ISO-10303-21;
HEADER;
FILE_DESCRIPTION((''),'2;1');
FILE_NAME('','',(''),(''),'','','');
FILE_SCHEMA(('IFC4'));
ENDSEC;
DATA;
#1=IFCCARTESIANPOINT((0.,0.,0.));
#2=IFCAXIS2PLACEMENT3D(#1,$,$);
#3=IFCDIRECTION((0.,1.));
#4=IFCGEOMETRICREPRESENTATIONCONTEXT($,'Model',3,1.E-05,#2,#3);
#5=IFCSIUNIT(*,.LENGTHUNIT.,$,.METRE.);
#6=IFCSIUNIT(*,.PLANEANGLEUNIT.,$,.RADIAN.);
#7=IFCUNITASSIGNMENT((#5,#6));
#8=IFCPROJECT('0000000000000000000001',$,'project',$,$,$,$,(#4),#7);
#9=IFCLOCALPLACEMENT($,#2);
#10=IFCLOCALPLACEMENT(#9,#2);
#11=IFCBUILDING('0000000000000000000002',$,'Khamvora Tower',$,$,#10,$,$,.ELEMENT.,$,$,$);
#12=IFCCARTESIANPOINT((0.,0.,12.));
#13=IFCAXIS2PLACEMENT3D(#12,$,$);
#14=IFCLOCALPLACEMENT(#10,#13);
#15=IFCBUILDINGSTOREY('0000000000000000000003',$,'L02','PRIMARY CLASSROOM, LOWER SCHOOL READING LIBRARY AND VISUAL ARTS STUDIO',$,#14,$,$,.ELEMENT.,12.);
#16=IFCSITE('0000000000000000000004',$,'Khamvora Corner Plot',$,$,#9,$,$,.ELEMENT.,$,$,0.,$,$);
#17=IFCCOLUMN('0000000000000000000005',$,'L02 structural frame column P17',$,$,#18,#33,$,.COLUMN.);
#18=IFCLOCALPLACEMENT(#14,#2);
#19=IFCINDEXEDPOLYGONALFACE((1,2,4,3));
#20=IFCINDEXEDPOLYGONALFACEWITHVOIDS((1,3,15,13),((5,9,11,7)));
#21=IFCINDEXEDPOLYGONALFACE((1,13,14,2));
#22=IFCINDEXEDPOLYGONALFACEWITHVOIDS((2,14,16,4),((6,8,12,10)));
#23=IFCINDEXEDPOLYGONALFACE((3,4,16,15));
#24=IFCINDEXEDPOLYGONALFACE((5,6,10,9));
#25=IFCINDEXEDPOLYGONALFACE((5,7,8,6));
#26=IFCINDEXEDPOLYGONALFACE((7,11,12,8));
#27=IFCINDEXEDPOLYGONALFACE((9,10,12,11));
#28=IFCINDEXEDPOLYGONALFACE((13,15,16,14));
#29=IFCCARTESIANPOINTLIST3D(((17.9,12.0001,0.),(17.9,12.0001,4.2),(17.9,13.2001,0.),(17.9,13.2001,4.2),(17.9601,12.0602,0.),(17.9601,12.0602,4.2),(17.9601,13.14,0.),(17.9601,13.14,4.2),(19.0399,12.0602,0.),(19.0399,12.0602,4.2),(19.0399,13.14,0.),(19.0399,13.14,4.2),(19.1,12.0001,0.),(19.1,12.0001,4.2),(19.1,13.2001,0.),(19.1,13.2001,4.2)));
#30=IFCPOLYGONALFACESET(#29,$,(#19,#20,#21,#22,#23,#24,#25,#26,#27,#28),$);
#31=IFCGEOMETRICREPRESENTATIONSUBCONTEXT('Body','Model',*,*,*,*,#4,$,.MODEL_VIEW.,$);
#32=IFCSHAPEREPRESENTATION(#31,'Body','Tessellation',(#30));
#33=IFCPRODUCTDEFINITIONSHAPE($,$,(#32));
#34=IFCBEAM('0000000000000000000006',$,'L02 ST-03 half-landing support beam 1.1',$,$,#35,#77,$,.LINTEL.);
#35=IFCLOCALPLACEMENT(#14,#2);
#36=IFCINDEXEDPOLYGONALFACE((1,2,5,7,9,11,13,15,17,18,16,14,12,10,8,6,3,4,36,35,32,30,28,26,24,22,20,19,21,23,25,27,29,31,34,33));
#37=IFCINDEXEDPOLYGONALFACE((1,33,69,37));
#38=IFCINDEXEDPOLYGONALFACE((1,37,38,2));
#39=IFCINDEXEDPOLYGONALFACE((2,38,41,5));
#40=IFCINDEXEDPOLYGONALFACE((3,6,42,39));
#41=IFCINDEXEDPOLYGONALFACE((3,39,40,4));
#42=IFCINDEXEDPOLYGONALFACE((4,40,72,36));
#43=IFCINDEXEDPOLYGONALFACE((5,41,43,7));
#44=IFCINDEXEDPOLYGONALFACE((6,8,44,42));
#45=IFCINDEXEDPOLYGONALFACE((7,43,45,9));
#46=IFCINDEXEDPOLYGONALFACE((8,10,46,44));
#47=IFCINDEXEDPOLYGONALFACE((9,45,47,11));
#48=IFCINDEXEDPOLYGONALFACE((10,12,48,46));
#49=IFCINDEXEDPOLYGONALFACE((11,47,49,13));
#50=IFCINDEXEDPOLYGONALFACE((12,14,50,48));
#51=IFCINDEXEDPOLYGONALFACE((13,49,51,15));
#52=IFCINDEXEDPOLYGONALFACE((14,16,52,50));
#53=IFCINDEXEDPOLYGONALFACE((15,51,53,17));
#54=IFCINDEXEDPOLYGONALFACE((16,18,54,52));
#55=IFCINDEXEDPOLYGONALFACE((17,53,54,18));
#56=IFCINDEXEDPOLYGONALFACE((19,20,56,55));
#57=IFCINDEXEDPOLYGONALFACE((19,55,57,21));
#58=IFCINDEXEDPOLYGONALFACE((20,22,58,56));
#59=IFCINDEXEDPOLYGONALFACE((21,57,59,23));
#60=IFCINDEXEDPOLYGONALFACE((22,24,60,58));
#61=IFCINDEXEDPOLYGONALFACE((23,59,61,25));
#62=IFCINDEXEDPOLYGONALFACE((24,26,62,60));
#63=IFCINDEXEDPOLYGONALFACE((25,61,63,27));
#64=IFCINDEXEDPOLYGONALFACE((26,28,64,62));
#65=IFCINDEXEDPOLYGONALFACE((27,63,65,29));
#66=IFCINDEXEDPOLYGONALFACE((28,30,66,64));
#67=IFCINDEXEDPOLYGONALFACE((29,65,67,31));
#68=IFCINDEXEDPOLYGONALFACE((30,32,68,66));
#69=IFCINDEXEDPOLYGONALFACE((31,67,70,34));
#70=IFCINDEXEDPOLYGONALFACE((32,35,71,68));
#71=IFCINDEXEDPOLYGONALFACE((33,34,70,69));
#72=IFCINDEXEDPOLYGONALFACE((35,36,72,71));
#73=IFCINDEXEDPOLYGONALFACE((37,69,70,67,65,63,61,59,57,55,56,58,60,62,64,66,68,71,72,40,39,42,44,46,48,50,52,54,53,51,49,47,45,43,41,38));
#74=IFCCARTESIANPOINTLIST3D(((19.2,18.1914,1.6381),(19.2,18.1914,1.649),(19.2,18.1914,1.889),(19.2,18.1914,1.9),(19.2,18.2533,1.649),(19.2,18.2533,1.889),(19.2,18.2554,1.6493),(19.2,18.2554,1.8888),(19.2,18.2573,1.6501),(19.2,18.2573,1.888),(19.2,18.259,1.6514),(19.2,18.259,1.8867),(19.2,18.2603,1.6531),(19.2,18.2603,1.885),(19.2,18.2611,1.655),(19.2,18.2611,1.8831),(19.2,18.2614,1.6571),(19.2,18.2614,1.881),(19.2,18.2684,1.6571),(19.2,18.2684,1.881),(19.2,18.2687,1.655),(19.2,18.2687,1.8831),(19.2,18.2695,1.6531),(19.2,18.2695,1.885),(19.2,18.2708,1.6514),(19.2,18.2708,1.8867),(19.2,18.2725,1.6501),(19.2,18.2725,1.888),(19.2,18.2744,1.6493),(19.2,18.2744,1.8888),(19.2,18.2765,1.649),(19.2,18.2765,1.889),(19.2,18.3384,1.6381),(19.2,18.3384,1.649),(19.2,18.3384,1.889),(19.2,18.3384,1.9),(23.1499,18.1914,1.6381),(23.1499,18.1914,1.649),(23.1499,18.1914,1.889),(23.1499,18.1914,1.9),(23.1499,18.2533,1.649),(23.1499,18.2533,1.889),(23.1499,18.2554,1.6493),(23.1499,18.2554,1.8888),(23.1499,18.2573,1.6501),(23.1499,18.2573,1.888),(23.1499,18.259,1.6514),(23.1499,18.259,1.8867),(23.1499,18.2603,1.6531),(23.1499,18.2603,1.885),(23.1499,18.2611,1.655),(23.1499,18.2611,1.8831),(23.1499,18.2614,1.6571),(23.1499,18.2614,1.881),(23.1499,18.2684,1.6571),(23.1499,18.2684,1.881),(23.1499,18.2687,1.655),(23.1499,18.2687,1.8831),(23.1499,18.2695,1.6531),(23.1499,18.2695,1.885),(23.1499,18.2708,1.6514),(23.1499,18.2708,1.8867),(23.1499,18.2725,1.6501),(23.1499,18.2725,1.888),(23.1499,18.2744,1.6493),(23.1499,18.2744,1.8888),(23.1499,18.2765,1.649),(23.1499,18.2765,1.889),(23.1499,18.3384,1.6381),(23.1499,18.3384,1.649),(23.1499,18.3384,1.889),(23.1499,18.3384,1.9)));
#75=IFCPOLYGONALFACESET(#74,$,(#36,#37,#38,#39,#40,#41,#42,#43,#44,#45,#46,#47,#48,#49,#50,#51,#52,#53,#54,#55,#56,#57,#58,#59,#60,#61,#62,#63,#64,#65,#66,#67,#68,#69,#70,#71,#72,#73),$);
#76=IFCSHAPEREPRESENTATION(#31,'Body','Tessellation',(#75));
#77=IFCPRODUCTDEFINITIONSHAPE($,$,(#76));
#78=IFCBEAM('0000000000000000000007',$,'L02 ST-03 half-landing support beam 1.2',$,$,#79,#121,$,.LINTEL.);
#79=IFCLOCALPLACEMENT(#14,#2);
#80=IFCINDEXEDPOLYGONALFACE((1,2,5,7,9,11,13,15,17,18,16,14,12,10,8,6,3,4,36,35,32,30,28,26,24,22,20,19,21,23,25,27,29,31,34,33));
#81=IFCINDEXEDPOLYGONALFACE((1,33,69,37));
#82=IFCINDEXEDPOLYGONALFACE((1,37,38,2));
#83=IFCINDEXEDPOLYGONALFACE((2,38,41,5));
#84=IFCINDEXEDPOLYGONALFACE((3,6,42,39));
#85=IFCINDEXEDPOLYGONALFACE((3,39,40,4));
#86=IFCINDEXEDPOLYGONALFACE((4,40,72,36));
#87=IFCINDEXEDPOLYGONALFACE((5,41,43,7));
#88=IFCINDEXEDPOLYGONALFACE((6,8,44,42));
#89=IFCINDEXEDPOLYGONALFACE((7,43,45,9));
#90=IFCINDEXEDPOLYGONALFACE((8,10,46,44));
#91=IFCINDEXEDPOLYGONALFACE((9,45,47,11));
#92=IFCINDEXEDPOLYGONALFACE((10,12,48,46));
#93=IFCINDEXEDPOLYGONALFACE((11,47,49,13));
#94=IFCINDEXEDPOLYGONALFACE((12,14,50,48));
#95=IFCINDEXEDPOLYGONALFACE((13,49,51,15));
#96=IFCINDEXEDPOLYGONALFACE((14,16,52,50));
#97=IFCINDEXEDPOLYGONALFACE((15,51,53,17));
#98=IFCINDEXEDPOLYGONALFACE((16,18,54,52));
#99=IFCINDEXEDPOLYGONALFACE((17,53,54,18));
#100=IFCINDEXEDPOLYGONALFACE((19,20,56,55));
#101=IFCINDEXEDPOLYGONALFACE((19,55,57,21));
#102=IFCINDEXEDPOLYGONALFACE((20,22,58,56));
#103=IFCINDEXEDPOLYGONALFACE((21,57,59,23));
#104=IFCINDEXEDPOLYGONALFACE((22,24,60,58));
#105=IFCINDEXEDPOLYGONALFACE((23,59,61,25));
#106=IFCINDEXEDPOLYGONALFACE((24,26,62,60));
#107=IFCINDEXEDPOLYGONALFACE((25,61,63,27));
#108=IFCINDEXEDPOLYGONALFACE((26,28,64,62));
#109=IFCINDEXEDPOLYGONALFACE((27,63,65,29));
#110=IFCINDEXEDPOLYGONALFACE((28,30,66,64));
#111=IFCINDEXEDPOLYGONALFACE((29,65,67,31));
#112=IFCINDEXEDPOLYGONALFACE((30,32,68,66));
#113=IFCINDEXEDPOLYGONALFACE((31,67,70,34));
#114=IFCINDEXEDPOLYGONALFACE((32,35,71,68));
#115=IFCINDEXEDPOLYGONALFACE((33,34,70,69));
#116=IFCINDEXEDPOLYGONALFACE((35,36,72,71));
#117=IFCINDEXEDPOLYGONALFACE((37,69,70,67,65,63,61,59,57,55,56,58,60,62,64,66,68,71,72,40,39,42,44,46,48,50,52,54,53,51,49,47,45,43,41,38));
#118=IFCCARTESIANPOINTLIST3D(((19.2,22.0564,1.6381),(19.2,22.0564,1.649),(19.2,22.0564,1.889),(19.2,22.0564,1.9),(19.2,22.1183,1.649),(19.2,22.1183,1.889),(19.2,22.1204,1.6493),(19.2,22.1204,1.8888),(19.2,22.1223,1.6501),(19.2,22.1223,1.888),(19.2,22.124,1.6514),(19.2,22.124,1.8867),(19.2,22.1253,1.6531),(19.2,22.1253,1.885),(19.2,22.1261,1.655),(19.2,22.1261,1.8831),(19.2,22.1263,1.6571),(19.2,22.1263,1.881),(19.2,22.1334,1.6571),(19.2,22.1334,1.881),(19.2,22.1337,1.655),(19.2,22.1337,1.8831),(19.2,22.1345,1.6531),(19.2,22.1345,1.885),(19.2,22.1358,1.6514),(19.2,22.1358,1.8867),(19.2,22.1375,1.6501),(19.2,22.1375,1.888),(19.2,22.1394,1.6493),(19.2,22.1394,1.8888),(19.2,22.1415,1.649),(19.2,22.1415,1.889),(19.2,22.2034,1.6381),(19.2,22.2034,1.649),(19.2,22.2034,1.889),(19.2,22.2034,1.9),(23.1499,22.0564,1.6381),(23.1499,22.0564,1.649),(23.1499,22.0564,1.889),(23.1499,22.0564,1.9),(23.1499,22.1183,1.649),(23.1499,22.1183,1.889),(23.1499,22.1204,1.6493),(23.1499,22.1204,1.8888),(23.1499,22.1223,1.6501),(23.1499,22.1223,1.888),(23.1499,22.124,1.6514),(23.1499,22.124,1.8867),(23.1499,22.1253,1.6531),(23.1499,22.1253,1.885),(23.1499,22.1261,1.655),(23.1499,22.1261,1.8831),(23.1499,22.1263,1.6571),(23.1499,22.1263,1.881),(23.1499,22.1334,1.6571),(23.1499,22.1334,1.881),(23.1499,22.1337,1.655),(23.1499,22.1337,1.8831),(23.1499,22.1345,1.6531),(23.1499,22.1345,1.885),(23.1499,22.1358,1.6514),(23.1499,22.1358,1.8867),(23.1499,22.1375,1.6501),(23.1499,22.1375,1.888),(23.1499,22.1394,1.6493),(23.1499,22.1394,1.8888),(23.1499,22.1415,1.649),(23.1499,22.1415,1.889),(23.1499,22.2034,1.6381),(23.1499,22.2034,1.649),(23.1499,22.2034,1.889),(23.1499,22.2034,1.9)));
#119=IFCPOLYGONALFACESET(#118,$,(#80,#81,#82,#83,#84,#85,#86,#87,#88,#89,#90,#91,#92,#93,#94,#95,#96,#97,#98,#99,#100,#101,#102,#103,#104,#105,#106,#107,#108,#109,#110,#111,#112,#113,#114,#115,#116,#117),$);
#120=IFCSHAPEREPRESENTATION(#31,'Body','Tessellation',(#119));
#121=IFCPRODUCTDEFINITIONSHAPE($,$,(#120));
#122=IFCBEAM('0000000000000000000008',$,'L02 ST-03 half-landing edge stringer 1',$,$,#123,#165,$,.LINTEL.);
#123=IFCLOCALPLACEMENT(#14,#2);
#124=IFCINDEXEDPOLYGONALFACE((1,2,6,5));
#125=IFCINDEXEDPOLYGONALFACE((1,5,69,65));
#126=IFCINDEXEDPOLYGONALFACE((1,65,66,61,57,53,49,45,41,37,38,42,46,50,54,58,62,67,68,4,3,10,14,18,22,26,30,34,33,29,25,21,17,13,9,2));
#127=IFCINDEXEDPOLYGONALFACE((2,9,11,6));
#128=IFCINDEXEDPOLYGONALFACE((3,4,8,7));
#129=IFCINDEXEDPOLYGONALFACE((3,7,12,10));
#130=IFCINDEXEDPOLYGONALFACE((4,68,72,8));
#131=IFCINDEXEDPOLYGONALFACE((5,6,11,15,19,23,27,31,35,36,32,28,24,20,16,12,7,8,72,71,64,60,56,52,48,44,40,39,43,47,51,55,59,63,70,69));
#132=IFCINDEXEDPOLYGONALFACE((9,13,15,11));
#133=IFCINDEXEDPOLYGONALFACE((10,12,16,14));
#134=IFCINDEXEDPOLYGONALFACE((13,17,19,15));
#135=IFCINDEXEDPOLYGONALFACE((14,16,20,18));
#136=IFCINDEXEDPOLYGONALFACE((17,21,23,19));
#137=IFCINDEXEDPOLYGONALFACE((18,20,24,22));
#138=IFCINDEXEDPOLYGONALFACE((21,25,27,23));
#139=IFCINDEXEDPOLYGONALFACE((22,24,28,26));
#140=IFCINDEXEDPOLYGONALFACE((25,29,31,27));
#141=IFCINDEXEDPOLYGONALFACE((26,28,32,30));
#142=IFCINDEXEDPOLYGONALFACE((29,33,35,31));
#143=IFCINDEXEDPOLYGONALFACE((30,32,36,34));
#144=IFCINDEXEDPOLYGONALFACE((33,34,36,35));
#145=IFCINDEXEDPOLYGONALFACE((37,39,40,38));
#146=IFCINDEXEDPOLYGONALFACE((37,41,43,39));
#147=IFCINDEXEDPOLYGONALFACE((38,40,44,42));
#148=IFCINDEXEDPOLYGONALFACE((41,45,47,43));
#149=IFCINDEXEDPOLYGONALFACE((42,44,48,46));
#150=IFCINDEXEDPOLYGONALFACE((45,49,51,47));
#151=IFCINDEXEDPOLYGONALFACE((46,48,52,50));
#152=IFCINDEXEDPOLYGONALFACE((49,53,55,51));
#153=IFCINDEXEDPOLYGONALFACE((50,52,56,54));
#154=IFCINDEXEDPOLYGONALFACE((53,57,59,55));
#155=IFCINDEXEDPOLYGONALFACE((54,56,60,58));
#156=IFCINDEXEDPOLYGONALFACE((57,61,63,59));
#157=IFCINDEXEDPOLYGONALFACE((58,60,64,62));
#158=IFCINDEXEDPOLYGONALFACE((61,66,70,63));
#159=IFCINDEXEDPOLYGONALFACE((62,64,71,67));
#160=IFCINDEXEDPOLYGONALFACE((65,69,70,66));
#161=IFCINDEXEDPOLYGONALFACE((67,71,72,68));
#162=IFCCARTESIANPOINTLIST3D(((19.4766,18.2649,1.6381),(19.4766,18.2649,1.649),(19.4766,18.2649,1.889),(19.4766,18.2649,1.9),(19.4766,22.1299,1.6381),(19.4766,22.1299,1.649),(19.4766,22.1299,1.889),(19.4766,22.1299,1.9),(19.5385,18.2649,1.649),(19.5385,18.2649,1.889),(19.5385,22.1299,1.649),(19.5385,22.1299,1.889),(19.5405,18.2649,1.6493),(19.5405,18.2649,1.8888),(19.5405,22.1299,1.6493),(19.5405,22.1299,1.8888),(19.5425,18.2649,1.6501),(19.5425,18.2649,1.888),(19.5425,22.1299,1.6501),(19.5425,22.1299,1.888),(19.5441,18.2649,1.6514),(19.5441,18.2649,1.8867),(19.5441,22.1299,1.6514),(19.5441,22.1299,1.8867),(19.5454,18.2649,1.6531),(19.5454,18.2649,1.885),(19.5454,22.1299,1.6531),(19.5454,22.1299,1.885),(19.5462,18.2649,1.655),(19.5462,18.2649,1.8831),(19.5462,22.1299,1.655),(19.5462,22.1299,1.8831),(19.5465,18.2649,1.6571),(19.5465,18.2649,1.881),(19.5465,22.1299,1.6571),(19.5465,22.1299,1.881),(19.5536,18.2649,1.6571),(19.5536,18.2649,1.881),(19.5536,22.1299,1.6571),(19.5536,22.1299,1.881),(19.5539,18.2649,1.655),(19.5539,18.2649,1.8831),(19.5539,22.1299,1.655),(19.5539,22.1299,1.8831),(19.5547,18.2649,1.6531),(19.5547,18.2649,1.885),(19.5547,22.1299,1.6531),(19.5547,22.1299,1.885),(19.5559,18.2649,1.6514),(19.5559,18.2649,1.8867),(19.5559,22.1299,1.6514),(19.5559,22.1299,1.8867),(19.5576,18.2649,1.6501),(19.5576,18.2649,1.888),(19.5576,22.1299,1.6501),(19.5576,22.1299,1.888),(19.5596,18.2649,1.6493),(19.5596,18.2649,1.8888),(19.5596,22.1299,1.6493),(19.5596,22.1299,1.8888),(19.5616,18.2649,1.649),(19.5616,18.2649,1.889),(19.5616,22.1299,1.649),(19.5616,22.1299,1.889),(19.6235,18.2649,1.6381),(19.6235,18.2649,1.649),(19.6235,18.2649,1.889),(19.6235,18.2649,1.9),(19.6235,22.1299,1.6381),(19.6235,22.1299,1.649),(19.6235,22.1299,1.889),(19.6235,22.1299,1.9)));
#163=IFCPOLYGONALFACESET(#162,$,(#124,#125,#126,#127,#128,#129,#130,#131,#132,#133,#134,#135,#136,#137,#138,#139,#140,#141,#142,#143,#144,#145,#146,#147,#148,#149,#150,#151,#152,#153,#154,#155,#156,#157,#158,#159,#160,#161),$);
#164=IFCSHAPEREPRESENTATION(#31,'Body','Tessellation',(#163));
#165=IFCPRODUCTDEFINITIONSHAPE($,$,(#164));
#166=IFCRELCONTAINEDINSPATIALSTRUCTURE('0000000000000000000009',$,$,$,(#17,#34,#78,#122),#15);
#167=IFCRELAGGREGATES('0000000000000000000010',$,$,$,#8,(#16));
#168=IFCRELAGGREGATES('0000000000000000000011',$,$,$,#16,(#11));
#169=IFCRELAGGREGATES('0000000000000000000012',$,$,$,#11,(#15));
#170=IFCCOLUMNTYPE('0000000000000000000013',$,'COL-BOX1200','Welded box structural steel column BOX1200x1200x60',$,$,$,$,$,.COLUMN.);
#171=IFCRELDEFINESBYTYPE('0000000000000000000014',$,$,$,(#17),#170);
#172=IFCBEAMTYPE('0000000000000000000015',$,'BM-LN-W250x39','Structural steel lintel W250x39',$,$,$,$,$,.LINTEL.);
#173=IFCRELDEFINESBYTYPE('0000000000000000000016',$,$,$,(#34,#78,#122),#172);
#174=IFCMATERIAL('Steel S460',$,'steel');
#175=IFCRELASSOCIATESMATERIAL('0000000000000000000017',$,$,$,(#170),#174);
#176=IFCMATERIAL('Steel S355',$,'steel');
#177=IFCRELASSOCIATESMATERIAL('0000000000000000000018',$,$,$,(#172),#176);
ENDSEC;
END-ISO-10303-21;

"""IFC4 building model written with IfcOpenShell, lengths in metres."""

from ifc_helpers import new_model, si_unit, direction, frame, origin, origin_2d, place, context, subcontext, project, spatial, hollow_rectangle, i_section, extrude, material, material_profile, profile_set, type_object, element, save


model = new_model("IFC4")

# Units and contexts
model_context = context("Model", 3, precision=1e-05, world=origin(), true_north=direction((0.0, 1.0)))
body_context = subcontext(model_context, "Body", "Model", "MODEL_VIEW")
ifc_project = project(units=[si_unit("LENGTHUNIT", "METRE"), si_unit("PLANEANGLEUNIT", "RADIAN")], contexts=[model_context])

# Site, building, storey
site_placement = place(None, origin())
site = spatial("IfcSite", under=ifc_project, at=site_placement, Name="Khamvora Corner Plot", CompositionType="ELEMENT", RefElevation=0.0)
building_placement = place(site_placement, origin())
building = spatial("IfcBuilding", under=site, at=building_placement, Name="Khamvora Tower", CompositionType="ELEMENT")
storey_placement = place(building_placement, frame((0.0, 0.0, 12.0)))
storey = spatial("IfcBuildingStorey", under=building, at=storey_placement, Name="L02", Description="PRIMARY CLASSROOM, LOWER SCHOOL READING LIBRARY AND VISUAL ARTS STUDIO", CompositionType="ELEMENT", Elevation=12.0)

# Column
ifc_material_1 = material(Name="Steel S460", Category="steel")
ifc_material_profile_1 = material_profile(ifc_material_1, hollow_rectangle(XDim=1.2, YDim=1.2, WallThickness=0.0601, at=origin_2d()), Name="BOX1200x1200x60")
ifc_profile_set_1 = profile_set([ifc_material_profile_1], Name="Steel S460")
column_type = type_object("IfcColumnType", Name="COL-BOX1200", Description="Welded box structural steel column BOX1200x1200x60", PredefinedType="COLUMN", material=ifc_profile_set_1)
column_placement = place(storey_placement, frame((18.5, 12.6001, 0.0), z_axis=(0.0, 0.0, 1.0), x_axis=(1.0, 0.0, 0.0)))
element("IfcColumn", 1, at=column_placement, inside=storey, type_object=column_type, Name="L02 structural frame column P17", PredefinedType="COLUMN", context=body_context, shape_type="SweptSolid", body=[
    extrude(hollow_rectangle(XDim=1.2, YDim=1.2, WallThickness=0.0601, at=origin_2d()), origin(), (0.0, 0.0, 1.0), 4.2),
])

# Beams
ifc_material_2 = material(Name="Steel S355", Category="steel")
ifc_material_profile_2 = material_profile(ifc_material_2, i_section(OverallWidth=0.147, OverallDepth=0.262, WebThickness=0.0071, FlangeThickness=0.011, FilletRadius=0.0081, at=origin_2d()), Name="W250x39")
ifc_profile_set_2 = profile_set([ifc_material_profile_2], Name="Steel S355")
beam_type_1 = type_object("IfcBeamType", Name="BM-LN-W250x39", Description="Structural steel lintel W250x39", PredefinedType="LINTEL", material=ifc_profile_set_2)
for number, where, z_axis, x_axis, name in (
    (2, (19.2, 18.2649, 1.769), (1.0, 0.0, 0.0), (0.0, 1.0, 0.0), "L02 ST-03 half-landing support beam 1.1"),
    (3, (19.2, 22.1299, 1.769), (1.0, 0.0, 0.0), (0.0, 1.0, 0.0), "L02 ST-03 half-landing support beam 1.2"),
):
    element("IfcBeam", number, at=place(storey_placement, frame(where, z_axis=z_axis, x_axis=x_axis)), inside=storey, type_object=beam_type_1, Name=name, PredefinedType="LINTEL", context=body_context, shape_type="SweptSolid", body=[
        extrude(i_section(OverallWidth=0.147, OverallDepth=0.262, WebThickness=0.0071, FlangeThickness=0.011, FilletRadius=0.0081, at=origin_2d()), origin(), (0.0, 0.0, 1.0), 3.95),
    ])
beam_1_placement = place(storey_placement, frame((19.55, 18.2649, 1.769), z_axis=(0.0, 1.0, 0.0), x_axis=(-1.0, 0.0, 0.0)))
element("IfcBeam", 4, at=beam_1_placement, inside=storey, type_object=beam_type_1, Name="L02 ST-03 half-landing edge stringer 1", PredefinedType="LINTEL", context=body_context, shape_type="SweptSolid", body=[
    extrude(i_section(OverallWidth=0.147, OverallDepth=0.262, WebThickness=0.0071, FlangeThickness=0.011, FilletRadius=0.0081, at=origin_2d()), origin(), (0.0, 0.0, 1.0), 3.865),
])

save(model, "model.ifc")
